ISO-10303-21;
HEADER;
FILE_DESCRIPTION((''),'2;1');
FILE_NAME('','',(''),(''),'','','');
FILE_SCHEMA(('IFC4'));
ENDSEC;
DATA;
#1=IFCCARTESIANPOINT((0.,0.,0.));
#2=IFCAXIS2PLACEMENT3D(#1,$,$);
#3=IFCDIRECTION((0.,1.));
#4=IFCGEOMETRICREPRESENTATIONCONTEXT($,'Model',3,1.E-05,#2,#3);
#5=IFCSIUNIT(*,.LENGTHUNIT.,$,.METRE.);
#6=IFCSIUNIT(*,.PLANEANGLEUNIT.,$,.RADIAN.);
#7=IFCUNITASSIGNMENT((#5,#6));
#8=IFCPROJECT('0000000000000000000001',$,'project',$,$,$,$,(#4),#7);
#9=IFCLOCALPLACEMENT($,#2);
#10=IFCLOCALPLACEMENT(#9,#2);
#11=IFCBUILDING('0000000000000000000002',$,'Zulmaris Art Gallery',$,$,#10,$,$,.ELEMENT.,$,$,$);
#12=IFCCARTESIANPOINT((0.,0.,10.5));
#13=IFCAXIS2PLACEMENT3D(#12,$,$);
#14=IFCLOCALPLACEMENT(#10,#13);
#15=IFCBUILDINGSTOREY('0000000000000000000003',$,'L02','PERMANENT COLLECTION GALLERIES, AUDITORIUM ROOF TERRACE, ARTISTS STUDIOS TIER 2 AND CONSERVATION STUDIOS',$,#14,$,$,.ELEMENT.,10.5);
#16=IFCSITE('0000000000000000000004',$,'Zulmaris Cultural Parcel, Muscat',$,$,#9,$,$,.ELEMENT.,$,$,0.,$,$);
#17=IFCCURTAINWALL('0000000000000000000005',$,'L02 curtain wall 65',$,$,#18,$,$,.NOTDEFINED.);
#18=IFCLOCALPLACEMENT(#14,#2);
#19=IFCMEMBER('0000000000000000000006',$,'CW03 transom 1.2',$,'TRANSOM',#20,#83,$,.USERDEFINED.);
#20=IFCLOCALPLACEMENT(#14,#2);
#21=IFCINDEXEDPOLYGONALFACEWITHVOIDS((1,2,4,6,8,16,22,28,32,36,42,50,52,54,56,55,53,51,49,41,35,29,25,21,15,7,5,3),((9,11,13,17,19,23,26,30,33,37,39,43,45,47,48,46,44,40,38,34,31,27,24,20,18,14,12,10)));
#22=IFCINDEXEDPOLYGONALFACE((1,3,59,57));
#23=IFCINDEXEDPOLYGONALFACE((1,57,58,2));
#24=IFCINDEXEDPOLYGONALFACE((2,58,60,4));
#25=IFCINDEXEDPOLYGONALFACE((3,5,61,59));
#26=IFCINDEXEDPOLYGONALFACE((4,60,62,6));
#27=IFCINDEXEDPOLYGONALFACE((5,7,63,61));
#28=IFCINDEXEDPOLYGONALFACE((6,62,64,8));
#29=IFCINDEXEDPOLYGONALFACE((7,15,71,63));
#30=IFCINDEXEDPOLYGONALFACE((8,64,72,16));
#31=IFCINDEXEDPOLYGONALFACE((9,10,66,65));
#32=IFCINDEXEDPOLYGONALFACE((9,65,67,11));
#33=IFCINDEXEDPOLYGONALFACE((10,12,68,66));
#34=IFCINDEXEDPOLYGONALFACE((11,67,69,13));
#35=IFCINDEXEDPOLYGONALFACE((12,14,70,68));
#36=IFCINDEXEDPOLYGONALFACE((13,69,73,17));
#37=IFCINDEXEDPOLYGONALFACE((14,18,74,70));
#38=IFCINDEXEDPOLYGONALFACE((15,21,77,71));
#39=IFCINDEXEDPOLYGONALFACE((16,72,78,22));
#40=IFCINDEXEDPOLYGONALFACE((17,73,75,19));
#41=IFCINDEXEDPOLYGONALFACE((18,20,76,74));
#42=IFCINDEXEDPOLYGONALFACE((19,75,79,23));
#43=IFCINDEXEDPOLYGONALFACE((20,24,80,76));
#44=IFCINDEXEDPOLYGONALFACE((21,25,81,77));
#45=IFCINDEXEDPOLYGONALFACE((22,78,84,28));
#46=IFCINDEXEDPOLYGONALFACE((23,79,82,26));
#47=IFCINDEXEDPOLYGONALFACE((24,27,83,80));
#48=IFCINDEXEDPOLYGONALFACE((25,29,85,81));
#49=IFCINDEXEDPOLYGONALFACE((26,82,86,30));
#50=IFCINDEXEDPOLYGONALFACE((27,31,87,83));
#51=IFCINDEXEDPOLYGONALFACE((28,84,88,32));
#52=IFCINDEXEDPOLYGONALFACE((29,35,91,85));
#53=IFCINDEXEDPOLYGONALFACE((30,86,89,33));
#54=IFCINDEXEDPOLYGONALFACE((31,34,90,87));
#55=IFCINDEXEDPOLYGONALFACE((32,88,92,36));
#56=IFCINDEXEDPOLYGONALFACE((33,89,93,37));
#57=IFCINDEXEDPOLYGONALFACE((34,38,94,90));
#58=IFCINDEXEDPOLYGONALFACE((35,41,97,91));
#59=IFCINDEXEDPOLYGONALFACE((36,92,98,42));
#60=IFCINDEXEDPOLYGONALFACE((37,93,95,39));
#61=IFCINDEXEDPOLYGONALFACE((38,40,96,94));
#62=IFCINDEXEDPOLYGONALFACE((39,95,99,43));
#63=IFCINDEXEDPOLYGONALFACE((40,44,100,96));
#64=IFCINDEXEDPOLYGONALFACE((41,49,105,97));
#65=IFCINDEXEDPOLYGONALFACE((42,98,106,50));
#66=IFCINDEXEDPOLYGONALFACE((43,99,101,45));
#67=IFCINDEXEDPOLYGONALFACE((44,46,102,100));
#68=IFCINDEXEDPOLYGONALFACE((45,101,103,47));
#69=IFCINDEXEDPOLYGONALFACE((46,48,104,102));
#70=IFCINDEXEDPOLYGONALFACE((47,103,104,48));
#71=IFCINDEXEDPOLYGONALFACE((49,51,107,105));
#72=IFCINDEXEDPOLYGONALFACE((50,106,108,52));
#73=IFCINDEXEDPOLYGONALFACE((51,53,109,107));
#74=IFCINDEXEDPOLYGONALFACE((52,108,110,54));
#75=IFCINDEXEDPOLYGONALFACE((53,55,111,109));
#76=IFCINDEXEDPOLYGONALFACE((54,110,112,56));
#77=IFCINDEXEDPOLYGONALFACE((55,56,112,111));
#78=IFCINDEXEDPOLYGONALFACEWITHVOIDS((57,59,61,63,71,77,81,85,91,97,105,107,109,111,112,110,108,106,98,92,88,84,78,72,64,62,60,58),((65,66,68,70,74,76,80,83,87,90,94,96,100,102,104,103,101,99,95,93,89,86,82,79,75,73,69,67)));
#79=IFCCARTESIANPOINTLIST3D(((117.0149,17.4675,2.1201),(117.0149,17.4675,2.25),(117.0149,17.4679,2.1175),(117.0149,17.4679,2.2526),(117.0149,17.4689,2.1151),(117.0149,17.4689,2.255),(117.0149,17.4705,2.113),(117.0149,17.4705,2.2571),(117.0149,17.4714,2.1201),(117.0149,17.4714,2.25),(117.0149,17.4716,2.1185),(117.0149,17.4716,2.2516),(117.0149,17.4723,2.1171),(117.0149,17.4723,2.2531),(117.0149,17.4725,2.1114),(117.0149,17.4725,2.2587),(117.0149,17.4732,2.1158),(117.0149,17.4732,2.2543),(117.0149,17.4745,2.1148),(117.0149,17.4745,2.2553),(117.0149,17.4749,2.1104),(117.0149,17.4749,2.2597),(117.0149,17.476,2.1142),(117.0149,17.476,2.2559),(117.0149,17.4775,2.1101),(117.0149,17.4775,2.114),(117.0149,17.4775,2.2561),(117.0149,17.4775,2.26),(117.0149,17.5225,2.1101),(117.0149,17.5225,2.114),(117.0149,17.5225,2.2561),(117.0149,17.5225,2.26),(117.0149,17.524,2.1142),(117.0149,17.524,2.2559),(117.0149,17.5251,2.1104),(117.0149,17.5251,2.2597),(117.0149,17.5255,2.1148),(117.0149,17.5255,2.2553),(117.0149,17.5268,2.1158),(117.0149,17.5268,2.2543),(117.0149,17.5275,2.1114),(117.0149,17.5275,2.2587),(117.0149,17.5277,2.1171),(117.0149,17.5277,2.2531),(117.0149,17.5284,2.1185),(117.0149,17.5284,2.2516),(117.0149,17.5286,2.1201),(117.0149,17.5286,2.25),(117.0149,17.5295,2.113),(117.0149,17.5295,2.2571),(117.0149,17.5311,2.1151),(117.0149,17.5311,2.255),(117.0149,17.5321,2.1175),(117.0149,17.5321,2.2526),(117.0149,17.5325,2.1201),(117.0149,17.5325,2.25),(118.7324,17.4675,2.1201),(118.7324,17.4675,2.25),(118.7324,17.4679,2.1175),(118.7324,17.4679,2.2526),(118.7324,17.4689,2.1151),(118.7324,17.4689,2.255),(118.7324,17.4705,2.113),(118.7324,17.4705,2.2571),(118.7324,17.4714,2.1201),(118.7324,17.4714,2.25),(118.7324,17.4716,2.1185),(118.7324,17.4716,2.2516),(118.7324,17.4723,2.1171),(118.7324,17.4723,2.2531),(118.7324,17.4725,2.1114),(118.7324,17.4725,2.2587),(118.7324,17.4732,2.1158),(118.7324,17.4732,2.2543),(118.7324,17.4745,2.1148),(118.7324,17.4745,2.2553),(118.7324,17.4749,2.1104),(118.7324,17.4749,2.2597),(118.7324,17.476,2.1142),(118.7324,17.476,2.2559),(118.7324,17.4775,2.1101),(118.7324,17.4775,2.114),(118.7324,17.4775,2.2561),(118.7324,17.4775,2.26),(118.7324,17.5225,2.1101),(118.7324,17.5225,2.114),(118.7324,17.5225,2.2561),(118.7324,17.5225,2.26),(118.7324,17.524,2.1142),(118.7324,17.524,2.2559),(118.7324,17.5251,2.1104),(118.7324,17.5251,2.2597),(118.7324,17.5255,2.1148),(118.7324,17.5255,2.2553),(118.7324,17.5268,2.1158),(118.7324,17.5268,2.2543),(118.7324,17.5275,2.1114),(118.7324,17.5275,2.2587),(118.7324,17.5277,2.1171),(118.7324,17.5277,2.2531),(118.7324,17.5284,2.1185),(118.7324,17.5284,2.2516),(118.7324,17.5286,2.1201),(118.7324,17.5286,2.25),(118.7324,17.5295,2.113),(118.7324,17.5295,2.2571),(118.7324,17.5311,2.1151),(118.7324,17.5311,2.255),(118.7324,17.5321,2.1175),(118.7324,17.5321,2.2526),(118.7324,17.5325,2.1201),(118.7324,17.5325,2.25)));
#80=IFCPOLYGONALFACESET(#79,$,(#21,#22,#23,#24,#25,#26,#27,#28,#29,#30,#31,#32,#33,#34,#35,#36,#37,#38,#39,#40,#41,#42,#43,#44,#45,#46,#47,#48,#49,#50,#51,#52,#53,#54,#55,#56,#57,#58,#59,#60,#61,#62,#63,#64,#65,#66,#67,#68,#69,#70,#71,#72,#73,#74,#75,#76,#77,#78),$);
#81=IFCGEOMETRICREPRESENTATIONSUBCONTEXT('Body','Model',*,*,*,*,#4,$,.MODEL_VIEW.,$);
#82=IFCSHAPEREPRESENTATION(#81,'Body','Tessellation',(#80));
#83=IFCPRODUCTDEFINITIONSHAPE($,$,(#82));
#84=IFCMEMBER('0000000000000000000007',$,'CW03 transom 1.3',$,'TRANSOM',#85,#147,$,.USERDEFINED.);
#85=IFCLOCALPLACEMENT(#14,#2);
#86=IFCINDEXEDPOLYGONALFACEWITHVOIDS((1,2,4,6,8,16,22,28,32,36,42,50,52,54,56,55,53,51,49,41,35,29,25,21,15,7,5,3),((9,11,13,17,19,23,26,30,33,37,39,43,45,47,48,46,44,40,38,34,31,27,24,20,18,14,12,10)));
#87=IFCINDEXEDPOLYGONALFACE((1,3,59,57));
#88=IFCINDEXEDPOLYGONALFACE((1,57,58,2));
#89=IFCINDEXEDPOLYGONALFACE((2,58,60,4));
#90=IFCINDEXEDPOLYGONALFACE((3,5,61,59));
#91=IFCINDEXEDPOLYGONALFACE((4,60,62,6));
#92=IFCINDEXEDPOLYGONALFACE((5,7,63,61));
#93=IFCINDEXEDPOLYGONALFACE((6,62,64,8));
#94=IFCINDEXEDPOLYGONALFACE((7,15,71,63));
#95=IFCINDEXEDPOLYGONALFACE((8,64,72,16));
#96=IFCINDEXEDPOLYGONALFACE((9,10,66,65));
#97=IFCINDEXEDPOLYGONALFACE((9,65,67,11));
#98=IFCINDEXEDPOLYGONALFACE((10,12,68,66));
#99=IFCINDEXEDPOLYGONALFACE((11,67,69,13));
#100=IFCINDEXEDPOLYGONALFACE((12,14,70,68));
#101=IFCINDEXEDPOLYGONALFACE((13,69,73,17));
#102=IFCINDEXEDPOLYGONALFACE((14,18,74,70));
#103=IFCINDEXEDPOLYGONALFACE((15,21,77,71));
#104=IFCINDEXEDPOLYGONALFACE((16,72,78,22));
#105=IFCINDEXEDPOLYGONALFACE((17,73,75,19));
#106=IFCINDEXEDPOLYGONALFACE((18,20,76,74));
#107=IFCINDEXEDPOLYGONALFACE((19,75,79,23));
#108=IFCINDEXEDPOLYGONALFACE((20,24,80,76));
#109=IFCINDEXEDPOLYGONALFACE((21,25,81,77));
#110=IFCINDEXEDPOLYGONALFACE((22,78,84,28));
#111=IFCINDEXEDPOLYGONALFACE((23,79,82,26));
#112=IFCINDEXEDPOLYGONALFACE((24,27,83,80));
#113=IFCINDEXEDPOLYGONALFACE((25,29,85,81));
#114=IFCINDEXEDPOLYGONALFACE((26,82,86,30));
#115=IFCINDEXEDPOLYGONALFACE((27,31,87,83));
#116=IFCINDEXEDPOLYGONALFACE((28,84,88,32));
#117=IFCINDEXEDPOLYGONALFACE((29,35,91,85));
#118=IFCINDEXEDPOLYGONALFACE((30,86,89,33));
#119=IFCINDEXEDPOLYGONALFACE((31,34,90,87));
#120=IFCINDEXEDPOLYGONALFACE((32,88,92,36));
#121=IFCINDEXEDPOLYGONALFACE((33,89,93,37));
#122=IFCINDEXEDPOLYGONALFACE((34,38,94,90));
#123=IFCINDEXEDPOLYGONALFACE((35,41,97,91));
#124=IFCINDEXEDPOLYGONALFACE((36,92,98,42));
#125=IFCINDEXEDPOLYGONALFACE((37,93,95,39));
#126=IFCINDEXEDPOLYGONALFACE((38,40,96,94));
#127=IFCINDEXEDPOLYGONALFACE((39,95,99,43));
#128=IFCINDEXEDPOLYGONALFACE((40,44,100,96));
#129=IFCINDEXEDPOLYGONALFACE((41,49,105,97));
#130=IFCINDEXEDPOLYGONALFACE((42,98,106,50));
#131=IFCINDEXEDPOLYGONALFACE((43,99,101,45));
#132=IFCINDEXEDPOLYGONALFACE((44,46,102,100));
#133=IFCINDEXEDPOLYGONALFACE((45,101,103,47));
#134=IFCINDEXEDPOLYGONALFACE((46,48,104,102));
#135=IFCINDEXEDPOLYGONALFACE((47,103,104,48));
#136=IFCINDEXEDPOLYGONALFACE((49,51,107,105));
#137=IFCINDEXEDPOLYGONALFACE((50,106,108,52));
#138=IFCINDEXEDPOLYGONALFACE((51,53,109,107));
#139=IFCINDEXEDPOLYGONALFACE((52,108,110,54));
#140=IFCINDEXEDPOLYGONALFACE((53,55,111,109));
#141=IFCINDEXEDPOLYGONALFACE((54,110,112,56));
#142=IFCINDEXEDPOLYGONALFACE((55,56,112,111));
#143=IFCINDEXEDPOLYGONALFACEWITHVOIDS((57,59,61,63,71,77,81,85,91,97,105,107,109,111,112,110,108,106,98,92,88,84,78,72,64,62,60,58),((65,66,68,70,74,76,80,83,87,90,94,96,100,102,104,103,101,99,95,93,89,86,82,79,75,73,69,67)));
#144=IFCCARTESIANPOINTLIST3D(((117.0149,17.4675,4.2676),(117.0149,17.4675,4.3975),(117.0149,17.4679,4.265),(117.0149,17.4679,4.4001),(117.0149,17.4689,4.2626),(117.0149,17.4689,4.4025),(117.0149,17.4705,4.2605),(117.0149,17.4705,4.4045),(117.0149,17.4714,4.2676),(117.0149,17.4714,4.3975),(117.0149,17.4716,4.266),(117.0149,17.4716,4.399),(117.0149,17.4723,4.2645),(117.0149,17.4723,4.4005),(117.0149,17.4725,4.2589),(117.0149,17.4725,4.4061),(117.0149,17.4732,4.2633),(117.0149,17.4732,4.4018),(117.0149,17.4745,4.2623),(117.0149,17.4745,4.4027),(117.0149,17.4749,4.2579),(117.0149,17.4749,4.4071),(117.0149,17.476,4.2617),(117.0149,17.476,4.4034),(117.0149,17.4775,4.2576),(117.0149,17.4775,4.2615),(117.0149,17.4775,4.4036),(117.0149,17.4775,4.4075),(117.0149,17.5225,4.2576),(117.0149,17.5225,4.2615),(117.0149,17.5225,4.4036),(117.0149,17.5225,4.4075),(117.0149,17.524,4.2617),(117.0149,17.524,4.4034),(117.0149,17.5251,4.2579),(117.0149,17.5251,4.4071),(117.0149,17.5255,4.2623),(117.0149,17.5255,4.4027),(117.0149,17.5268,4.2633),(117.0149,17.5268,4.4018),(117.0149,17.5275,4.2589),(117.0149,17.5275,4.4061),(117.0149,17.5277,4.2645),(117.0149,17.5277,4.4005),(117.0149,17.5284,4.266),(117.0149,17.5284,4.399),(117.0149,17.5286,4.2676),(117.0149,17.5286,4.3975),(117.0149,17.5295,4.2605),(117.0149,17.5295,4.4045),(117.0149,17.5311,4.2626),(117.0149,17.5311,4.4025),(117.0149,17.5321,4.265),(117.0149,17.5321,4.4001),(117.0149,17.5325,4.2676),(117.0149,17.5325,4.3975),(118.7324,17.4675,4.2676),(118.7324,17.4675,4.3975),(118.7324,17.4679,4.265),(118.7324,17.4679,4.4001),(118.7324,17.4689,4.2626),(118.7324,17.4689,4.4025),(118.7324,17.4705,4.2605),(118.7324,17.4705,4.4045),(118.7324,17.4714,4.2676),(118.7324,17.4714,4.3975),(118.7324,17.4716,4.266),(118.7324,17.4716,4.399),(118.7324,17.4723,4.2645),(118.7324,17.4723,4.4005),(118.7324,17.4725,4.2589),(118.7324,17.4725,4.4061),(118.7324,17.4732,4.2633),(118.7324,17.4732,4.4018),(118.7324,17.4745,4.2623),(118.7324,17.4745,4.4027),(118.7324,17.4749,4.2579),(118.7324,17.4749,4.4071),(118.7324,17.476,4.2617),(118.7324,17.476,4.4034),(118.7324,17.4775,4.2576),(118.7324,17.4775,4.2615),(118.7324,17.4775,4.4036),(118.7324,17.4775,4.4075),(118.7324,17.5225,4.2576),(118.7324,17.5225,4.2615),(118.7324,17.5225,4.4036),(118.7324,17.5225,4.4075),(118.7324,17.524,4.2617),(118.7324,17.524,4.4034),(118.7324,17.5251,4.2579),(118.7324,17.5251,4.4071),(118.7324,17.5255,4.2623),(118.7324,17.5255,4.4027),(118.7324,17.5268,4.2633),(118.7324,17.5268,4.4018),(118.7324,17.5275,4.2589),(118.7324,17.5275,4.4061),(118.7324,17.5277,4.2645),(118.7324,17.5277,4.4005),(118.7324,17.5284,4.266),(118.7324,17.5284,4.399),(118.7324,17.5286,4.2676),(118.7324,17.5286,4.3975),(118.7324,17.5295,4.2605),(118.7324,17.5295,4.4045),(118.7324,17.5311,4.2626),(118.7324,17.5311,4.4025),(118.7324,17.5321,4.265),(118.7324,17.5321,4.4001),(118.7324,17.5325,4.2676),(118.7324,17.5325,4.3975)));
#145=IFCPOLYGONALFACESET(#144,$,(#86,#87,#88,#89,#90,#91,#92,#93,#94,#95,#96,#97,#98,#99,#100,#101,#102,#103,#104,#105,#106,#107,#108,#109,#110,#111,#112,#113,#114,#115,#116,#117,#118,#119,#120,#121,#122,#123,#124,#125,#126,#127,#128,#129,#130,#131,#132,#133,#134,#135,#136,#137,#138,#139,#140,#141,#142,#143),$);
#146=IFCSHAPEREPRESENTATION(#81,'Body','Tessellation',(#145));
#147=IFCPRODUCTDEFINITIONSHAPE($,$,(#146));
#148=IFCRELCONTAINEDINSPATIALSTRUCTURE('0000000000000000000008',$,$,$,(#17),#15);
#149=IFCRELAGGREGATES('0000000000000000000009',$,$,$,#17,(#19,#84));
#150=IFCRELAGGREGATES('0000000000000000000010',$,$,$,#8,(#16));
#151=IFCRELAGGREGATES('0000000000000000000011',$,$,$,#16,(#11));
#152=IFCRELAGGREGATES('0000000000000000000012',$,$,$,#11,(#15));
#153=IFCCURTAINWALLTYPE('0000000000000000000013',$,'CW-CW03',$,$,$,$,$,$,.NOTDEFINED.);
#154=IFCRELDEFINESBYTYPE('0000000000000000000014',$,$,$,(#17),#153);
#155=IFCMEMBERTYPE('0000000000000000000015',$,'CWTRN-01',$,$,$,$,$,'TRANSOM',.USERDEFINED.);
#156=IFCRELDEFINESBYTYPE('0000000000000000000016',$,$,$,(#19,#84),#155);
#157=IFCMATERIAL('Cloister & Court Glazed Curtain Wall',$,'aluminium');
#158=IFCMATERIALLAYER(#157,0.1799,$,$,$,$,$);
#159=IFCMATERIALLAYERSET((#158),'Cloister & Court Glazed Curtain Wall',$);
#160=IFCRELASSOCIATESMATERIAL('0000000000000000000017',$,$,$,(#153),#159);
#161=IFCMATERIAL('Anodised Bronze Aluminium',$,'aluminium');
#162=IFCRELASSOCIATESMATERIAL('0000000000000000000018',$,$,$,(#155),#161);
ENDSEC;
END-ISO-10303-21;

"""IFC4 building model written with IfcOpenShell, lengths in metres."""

from ifc_helpers import new_model, si_unit, direction, frame, origin, origin_2d, place, context, subcontext, project, spatial, hollow_rectangle, extrude, material, layer, layer_set, material_profile, profile_set, type_object, element, aggregate, save


model = new_model("IFC4")

# Units and contexts
model_context = context("Model", 3, precision=1e-05, world=origin(), true_north=direction((0.0, 1.0)))
body_context = subcontext(model_context, "Body", "Model", "MODEL_VIEW")
ifc_project = project(units=[si_unit("LENGTHUNIT", "METRE"), si_unit("PLANEANGLEUNIT", "RADIAN")], contexts=[model_context])

# Site, building, storey
site_placement = place(None, origin())
site = spatial("IfcSite", under=ifc_project, at=site_placement, Name="Zulmaris Cultural Parcel, Muscat", CompositionType="ELEMENT", RefElevation=0.0)
building_placement = place(site_placement, origin())
building = spatial("IfcBuilding", under=site, at=building_placement, Name="Zulmaris Art Gallery", CompositionType="ELEMENT")
storey_placement = place(building_placement, frame((0.0, 0.0, 10.5)))
storey = spatial("IfcBuildingStorey", under=building, at=storey_placement, Name="L02", Description="PERMANENT COLLECTION GALLERIES, AUDITORIUM ROOF TERRACE, ARTISTS STUDIOS TIER 2 AND CONSERVATION STUDIOS", CompositionType="ELEMENT", Elevation=10.5)

# Curtain wall
ifc_material_1 = material(Name="Cloister & Court Glazed Curtain Wall", Category="aluminium")
ifc_layer_1 = layer(ifc_material_1, 0.1799)
ifc_layer_set_1 = layer_set([ifc_layer_1], Name="Cloister & Court Glazed Curtain Wall")
curtain_wall_type = type_object("IfcCurtainWallType", Name="CW-CW03", PredefinedType="NOTDEFINED", material=ifc_layer_set_1)
curtain_wall_1_placement = place(storey_placement, origin())
curtain_wall_1 = element("IfcCurtainWall", 1, at=curtain_wall_1_placement, inside=storey, type_object=curtain_wall_type, Name="L02 curtain wall 65", PredefinedType="NOTDEFINED")
ifc_material_2 = material(Name="Anodised Bronze Aluminium", Category="aluminium")

# Members
ifc_material_profile_1 = material_profile(ifc_material_2, hollow_rectangle(XDim=0.0649, YDim=0.1499, WallThickness=0.0039, InnerFilletRadius=0.0061, OuterFilletRadius=0.01, at=origin_2d()), Name="ALU 65x150x4")
ifc_profile_set_1 = profile_set([ifc_material_profile_1], Name="Anodised Bronze Aluminium")
member_type_1 = type_object("IfcMemberType", Name="CWTRN-01", ElementType="TRANSOM", PredefinedType="USERDEFINED", material=ifc_profile_set_1)
member_1_placement = place(storey_placement, frame((117.0149, 17.5, 2.1851), z_axis=(1.0, 0.0, 0.0), x_axis=(0.0, 1.0, 0.0)))
member_1 = element("IfcMember", 2, at=member_1_placement, type_object=member_type_1, Name="CW03 transom 1.2", ObjectType="TRANSOM", PredefinedType="USERDEFINED", context=body_context, shape_type="SweptSolid", body=[
    extrude(hollow_rectangle(XDim=0.0649, YDim=0.1499, WallThickness=0.0039, InnerFilletRadius=0.0061, OuterFilletRadius=0.01, at=origin_2d()), origin(), (0.0, 0.0, 1.0), 1.7175),
])
member_2_placement = place(storey_placement, frame((117.0149, 17.5, 4.3325), z_axis=(1.0, 0.0, 0.0), x_axis=(0.0, 1.0, 0.0)))
member_2 = element("IfcMember", 3, at=member_2_placement, type_object=member_type_1, Name="CW03 transom 1.3", ObjectType="TRANSOM", PredefinedType="USERDEFINED", context=body_context, shape_type="SweptSolid", body=[
    extrude(hollow_rectangle(XDim=0.0649, YDim=0.1499, WallThickness=0.0039, InnerFilletRadius=0.0061, OuterFilletRadius=0.01, at=origin_2d()), origin(), (0.0, 0.0, 1.0), 1.7175),
])

aggregate(curtain_wall_1, [member_1, member_2])

save(model, "model.ifc")
